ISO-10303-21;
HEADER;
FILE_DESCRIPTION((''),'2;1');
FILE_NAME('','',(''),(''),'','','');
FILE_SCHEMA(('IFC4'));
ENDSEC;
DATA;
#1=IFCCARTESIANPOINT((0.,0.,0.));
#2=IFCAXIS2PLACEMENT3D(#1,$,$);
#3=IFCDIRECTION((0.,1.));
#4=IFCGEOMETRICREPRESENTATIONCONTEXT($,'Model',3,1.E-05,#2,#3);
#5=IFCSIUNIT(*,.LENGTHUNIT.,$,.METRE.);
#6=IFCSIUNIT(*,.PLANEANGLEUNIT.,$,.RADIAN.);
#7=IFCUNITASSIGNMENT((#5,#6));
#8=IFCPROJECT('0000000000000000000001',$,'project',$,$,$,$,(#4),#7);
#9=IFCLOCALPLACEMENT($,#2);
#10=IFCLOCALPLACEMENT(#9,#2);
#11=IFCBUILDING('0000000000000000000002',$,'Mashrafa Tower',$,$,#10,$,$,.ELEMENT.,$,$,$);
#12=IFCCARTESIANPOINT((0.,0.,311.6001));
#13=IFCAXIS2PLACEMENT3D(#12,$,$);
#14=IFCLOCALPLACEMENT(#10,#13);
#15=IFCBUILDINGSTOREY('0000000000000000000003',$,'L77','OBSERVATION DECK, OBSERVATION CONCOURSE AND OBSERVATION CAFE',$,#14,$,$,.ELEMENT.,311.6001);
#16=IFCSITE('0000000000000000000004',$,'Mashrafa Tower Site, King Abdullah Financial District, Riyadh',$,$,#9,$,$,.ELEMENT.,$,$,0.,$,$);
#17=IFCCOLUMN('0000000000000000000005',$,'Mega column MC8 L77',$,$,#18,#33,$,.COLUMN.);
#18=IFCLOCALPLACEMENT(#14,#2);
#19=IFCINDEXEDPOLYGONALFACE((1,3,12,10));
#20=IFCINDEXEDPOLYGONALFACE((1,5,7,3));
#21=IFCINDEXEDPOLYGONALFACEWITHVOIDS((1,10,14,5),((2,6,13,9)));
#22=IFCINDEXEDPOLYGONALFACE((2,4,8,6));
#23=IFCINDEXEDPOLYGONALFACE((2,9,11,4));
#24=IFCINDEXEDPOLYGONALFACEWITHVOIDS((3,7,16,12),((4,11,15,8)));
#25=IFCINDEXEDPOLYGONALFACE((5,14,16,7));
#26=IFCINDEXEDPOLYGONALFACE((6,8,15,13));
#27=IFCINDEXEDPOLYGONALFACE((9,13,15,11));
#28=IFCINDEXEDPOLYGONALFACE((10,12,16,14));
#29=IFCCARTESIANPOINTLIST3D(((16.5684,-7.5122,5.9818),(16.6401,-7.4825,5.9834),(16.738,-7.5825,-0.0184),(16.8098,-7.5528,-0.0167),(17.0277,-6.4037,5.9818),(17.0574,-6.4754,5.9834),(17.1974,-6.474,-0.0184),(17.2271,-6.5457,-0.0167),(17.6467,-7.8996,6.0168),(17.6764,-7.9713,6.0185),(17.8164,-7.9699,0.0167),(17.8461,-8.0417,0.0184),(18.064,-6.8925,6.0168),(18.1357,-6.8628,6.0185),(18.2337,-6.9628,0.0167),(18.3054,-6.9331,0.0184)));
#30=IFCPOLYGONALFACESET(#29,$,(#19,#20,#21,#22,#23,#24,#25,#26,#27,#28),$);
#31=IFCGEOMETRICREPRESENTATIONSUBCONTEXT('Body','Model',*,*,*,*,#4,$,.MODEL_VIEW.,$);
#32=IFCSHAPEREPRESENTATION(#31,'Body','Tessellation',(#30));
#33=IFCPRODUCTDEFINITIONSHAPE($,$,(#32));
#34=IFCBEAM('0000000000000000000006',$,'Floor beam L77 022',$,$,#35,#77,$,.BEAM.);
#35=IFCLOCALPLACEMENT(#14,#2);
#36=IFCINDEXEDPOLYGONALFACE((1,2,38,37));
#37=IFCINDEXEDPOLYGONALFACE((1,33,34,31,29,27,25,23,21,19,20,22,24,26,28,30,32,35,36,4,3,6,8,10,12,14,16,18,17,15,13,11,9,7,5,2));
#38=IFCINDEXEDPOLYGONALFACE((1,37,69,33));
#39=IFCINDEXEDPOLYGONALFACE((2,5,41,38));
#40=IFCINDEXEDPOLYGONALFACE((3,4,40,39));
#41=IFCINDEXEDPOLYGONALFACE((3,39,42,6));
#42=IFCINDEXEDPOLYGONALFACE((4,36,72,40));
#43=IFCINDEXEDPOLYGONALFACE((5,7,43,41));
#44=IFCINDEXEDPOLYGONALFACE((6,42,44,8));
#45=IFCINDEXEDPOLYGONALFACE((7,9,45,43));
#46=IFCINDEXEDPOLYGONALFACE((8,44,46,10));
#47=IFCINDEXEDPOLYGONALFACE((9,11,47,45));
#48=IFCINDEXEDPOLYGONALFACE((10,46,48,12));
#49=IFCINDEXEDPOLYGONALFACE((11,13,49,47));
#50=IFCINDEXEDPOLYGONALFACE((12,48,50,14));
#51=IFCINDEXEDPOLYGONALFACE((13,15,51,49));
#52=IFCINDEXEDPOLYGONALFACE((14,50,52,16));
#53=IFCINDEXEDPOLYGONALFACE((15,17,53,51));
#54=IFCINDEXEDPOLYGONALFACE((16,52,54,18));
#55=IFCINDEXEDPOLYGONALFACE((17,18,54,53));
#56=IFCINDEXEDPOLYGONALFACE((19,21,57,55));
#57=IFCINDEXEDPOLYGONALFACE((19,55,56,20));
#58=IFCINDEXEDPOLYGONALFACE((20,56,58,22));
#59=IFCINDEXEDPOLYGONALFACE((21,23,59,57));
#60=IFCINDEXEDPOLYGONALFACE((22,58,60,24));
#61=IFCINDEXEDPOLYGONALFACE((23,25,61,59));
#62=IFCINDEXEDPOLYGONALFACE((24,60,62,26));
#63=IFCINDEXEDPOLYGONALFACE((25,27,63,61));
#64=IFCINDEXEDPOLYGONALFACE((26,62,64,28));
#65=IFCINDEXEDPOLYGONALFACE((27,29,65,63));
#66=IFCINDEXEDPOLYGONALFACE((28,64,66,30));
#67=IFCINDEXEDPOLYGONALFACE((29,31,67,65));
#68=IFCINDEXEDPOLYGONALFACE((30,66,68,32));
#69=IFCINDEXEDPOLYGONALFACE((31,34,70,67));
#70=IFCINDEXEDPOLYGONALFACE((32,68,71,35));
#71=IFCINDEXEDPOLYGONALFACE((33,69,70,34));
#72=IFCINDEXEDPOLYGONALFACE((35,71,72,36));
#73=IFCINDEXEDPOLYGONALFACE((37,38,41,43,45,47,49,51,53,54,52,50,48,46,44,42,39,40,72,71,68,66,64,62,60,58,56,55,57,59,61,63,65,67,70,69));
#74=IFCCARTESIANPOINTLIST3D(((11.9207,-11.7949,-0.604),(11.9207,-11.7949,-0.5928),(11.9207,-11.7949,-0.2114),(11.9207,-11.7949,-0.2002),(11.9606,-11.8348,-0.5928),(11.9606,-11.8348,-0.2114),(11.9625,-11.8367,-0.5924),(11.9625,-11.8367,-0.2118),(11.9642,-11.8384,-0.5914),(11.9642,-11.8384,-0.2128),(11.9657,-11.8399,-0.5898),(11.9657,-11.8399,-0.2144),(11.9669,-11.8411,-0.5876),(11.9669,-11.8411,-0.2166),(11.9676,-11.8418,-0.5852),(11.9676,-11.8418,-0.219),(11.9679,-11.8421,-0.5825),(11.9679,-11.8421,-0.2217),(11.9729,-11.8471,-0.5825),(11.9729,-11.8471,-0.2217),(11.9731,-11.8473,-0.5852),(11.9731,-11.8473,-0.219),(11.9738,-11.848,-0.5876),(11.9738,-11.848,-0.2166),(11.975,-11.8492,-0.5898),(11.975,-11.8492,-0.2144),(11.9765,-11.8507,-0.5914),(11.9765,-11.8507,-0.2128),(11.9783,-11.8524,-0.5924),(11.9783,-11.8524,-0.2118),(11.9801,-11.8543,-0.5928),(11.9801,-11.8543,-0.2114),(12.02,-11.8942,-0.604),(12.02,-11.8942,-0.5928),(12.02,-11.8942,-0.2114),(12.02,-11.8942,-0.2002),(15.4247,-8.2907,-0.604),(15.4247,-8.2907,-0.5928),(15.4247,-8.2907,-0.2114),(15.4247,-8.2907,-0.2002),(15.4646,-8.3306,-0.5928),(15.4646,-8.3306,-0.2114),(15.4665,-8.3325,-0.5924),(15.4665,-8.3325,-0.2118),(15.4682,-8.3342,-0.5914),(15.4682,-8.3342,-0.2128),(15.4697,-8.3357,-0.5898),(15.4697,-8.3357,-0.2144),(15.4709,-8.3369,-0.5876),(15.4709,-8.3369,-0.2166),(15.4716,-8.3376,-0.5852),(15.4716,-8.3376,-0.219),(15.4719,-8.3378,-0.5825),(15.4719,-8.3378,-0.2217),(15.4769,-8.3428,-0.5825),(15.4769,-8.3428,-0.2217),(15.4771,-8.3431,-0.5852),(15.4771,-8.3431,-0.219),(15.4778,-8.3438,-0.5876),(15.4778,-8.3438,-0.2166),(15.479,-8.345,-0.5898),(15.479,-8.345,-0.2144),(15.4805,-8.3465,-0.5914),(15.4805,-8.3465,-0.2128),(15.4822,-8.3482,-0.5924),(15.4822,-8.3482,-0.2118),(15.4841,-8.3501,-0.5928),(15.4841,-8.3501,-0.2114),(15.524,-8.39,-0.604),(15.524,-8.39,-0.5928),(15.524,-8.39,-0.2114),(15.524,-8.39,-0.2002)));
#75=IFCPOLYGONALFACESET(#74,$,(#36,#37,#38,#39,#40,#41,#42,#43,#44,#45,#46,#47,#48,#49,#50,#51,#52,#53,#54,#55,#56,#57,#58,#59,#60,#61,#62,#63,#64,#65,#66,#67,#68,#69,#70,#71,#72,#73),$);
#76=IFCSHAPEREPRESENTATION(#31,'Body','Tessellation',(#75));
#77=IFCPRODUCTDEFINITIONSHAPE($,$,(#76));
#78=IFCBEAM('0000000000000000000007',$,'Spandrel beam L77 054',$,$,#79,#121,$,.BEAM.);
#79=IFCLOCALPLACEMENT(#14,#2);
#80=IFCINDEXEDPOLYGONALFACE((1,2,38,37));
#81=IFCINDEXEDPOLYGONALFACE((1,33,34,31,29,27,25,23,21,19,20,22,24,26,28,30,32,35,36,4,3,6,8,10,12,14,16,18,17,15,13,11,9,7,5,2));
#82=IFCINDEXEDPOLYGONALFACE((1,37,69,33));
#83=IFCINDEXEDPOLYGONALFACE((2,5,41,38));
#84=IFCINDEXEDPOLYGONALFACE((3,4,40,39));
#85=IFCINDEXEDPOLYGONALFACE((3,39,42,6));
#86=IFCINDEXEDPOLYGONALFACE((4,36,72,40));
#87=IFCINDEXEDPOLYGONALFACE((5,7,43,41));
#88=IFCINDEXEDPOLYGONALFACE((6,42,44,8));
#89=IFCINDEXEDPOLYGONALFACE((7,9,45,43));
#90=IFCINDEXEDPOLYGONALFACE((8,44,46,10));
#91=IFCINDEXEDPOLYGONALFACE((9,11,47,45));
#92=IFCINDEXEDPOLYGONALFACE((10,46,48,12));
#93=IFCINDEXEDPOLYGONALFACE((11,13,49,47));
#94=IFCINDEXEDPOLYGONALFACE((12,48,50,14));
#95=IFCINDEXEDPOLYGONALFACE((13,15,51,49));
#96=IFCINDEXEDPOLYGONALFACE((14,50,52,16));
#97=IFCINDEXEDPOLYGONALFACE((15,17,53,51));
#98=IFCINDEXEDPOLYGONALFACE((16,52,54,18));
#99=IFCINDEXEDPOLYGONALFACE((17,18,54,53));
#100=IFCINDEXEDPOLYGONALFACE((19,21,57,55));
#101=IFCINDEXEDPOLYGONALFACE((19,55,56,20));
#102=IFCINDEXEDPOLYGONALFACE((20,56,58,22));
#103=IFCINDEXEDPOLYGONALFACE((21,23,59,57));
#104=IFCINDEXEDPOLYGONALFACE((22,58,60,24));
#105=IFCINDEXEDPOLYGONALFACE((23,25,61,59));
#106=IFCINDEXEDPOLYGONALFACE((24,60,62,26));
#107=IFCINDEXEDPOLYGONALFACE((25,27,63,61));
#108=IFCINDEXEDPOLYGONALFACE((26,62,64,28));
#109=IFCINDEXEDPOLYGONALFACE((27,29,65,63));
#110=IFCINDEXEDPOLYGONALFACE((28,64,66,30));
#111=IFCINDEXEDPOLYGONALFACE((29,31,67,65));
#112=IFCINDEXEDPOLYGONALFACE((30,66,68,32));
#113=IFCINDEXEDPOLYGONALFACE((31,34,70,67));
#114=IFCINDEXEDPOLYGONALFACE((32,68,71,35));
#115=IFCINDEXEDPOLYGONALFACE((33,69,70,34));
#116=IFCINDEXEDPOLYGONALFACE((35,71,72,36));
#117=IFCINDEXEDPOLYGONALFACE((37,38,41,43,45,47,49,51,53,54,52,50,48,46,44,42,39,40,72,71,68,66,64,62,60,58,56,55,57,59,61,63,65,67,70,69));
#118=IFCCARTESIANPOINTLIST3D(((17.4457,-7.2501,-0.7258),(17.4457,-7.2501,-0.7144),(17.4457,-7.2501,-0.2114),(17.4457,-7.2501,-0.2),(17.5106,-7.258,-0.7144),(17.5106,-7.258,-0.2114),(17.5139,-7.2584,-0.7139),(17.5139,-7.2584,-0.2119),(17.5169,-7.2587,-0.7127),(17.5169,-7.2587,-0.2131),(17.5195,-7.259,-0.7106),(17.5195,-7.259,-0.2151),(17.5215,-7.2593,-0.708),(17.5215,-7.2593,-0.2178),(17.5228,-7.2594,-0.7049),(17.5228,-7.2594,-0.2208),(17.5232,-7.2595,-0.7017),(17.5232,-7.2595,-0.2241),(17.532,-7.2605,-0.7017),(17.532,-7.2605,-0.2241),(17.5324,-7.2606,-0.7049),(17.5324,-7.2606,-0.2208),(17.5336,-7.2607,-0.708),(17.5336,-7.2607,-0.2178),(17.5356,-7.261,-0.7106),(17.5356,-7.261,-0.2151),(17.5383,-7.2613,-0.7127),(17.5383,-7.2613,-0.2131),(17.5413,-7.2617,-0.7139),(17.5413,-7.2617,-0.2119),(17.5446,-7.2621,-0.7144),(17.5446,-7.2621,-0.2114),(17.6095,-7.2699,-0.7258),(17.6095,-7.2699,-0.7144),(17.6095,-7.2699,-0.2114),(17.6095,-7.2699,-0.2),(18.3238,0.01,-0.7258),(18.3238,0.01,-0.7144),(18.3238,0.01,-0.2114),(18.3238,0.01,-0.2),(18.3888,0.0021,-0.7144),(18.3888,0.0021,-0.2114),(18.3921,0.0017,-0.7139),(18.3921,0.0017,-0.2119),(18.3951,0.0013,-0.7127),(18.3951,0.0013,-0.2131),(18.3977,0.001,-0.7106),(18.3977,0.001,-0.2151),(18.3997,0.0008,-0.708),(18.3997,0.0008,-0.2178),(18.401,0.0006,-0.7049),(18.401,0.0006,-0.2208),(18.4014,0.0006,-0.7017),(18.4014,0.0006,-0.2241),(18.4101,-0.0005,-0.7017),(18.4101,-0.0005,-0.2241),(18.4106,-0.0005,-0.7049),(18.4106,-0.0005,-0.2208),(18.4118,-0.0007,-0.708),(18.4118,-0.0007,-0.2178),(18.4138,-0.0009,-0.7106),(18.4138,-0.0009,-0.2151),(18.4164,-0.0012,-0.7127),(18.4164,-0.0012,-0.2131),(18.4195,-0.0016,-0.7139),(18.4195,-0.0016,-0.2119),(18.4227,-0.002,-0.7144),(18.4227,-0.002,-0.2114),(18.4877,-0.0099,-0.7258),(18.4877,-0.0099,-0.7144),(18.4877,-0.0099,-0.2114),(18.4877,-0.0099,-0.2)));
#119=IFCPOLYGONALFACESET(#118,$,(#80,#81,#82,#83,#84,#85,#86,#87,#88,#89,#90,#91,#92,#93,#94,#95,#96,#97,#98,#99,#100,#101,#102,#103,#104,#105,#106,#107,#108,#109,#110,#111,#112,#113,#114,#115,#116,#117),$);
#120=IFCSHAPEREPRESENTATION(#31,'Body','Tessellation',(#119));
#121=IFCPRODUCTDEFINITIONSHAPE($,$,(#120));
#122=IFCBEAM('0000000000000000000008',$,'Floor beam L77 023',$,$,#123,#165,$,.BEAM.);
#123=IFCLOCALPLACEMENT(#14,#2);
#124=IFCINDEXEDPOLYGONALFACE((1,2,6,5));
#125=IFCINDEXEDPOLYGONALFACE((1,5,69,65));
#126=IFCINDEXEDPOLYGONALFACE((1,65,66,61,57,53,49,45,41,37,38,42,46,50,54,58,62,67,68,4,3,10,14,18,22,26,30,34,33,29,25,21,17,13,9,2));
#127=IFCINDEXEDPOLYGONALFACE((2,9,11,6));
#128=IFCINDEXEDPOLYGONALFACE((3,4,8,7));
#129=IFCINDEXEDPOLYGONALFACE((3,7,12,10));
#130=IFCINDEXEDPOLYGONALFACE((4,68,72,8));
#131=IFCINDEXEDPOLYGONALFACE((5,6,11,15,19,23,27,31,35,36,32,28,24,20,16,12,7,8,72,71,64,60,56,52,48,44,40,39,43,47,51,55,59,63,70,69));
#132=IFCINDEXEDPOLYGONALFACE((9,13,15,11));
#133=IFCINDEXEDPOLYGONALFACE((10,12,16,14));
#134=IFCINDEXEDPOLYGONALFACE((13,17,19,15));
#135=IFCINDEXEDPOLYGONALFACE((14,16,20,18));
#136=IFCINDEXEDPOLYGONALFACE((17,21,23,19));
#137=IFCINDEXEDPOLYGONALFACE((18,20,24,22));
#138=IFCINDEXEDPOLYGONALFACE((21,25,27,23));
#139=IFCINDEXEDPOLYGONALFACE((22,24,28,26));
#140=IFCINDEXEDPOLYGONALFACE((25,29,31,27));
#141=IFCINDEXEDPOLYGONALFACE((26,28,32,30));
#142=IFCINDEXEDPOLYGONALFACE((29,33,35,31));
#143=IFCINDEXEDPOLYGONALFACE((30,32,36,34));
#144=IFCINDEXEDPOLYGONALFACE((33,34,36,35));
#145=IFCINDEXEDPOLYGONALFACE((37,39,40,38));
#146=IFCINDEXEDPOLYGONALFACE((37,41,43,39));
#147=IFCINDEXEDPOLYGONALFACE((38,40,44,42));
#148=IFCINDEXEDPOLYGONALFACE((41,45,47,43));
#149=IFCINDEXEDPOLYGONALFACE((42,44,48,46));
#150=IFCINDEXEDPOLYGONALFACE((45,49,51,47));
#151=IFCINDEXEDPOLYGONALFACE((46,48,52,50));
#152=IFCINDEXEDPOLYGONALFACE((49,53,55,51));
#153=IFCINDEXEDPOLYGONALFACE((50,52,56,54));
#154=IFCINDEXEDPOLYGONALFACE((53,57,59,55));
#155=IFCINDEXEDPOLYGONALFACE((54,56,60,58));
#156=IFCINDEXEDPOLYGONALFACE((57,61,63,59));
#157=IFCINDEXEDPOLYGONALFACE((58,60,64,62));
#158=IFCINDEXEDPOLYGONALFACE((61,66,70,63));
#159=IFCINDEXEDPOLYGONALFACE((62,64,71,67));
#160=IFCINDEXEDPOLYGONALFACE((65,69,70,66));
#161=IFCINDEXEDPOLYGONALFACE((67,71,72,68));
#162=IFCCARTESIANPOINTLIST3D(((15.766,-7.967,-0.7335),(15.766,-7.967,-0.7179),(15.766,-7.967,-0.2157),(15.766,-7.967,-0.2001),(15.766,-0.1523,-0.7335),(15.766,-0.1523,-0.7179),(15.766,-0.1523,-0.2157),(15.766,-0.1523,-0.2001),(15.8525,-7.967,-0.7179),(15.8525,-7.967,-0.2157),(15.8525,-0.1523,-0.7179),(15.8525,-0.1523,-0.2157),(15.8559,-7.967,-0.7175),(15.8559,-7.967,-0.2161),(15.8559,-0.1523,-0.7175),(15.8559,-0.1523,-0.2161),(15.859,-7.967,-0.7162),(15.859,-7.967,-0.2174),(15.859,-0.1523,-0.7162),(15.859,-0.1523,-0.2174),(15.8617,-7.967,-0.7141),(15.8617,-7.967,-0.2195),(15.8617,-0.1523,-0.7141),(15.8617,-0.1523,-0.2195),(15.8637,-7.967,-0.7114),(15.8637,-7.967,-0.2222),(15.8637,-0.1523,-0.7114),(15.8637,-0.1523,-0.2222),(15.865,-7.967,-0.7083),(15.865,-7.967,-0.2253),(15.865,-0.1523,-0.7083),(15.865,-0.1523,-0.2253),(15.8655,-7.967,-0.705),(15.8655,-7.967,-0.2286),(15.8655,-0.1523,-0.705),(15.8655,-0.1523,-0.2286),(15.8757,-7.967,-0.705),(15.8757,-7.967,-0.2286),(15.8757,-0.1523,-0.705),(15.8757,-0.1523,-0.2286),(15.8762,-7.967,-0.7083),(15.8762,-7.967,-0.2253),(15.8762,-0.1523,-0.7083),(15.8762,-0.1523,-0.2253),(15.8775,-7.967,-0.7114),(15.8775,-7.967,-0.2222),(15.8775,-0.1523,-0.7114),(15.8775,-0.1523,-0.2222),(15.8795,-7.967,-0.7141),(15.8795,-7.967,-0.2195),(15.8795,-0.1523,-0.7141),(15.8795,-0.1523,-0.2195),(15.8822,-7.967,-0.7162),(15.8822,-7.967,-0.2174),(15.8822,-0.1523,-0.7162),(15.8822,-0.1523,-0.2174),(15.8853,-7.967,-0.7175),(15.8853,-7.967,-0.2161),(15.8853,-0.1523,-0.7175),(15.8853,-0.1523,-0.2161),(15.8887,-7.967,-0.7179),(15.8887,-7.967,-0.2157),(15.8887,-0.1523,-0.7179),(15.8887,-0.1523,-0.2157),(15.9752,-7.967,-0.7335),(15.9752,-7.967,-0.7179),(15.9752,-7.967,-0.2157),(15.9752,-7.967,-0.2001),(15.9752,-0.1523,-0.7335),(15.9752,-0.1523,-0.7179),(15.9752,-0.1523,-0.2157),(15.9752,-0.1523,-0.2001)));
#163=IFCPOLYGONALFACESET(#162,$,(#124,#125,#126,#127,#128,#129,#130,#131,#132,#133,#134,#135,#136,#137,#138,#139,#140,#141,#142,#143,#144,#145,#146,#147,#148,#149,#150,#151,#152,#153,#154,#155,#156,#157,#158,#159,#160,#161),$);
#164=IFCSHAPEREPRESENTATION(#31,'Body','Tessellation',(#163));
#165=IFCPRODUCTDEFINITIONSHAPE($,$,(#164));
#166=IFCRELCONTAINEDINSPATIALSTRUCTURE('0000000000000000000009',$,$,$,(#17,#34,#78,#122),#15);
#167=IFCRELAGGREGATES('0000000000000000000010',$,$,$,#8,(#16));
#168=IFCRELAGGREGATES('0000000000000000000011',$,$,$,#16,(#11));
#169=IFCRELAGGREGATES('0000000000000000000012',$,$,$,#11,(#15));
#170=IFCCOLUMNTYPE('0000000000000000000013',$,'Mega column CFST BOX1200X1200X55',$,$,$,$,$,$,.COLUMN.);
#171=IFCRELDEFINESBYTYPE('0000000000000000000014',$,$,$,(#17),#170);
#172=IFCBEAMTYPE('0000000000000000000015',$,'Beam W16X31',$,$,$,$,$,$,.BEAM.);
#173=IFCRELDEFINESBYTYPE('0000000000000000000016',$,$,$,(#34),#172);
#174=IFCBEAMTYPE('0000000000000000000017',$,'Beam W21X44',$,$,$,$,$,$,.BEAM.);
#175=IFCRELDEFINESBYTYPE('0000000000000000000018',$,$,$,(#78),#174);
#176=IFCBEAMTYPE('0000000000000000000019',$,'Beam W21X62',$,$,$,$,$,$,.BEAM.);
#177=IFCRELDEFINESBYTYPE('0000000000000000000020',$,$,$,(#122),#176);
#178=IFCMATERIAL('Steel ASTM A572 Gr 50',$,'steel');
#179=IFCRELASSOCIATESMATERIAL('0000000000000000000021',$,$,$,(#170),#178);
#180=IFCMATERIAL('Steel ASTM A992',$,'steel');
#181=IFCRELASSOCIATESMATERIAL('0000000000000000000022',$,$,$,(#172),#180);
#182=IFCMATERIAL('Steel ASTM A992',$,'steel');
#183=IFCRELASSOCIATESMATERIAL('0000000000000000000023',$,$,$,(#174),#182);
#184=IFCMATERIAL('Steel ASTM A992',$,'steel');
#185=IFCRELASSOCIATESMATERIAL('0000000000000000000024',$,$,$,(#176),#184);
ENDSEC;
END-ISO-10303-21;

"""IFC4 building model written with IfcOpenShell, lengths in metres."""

from ifc_helpers import new_model, si_unit, direction, frame, origin, origin_2d, place, context, subcontext, project, spatial, hollow_rectangle, i_section, extrude, material, material_profile, profile_set, type_object, element, save


model = new_model("IFC4")

# Units and contexts
model_context = context("Model", 3, precision=1e-05, world=origin(), true_north=direction((0.0, 1.0)))
body_context = subcontext(model_context, "Body", "Model", "MODEL_VIEW")
ifc_project = project(units=[si_unit("LENGTHUNIT", "METRE"), si_unit("PLANEANGLEUNIT", "RADIAN")], contexts=[model_context])

# Site, building, storey
site_placement = place(None, origin())
site = spatial("IfcSite", under=ifc_project, at=site_placement, Name="Mashrafa Tower Site, King Abdullah Financial District, Riyadh", CompositionType="ELEMENT", RefElevation=0.0)
building_placement = place(site_placement, origin())
building = spatial("IfcBuilding", under=site, at=building_placement, Name="Mashrafa Tower", CompositionType="ELEMENT")
storey_placement = place(building_placement, frame((0.0, 0.0, 311.6001)))
storey = spatial("IfcBuildingStorey", under=building, at=storey_placement, Name="L77", Description="OBSERVATION DECK, OBSERVATION CONCOURSE AND OBSERVATION CAFE", CompositionType="ELEMENT", Elevation=311.6001)

# Column
ifc_material_1 = material(Name="Steel ASTM A572 Gr 50", Category="steel")
ifc_material_profile_1 = material_profile(ifc_material_1, hollow_rectangle(XDim=1.2, YDim=1.2, WallThickness=0.0549, at=origin_2d()), Name="BOX1200X1200X55")
ifc_profile_set_1 = profile_set([ifc_material_profile_1], Name="Steel ASTM A572 Gr 50")
column_type = type_object("IfcColumnType", Name="Mega column CFST BOX1200X1200X55", PredefinedType="COLUMN", material=ifc_profile_set_1)
column_placement = place(storey_placement, frame((17.5217, -7.2578, 0.0), z_axis=(-0.028266, 0.011713, 0.999532), x_axis=(-0.382821, -0.923822, 0.0)))
element("IfcColumn", 1, at=column_placement, inside=storey, type_object=column_type, Name="Mega column MC8 L77", PredefinedType="COLUMN", context=body_context, shape_type="SweptSolid", body=[
    extrude(hollow_rectangle(XDim=1.2, YDim=1.2, WallThickness=0.0549, at=origin_2d()), origin(), (0.0, 0.0, 1.0), 6.0029),
])

# Beams
ifc_material_2 = material(Name="Steel ASTM A992", Category="steel")
ifc_material_profile_2 = material_profile(ifc_material_2, i_section(OverallWidth=0.1404, OverallDepth=0.4038, WebThickness=0.0071, FlangeThickness=0.0112, FilletRadius=0.0103, at=origin_2d()), Name="W16X31")
ifc_profile_set_2 = profile_set([ifc_material_profile_2], Name="Steel ASTM A992")
beam_type_1 = type_object("IfcBeamType", Name="Beam W16X31", PredefinedType="BEAM", material=ifc_profile_set_2)
beam_1_placement = place(storey_placement, frame((15.4744, -8.3403, -0.4021), z_axis=(-0.707082, -0.707131, 0.0), x_axis=(0.707131, -0.707082, 0.0)))
element("IfcBeam", 2, at=beam_1_placement, inside=storey, type_object=beam_type_1, Name="Floor beam L77 022", PredefinedType="BEAM", context=body_context, shape_type="SweptSolid", body=[
    extrude(i_section(OverallWidth=0.1404, OverallDepth=0.4038, WebThickness=0.0071, FlangeThickness=0.0112, FilletRadius=0.0103, at=origin_2d()), origin(), (0.0, 0.0, 1.0), 4.9556),
])
ifc_material_3 = material(Name="Steel ASTM A992", Category="steel")
ifc_material_profile_3 = material_profile(ifc_material_3, i_section(OverallWidth=0.165, OverallDepth=0.5259, WebThickness=0.0088, FlangeThickness=0.0115, FilletRadius=0.0127, at=origin_2d()), Name="W21X44")
ifc_profile_set_3 = profile_set([ifc_material_profile_3], Name="Steel ASTM A992")
beam_type_2 = type_object("IfcBeamType", Name="Beam W21X44", PredefinedType="BEAM", material=ifc_profile_set_3)
beam_2_placement = place(storey_placement, frame((17.5276, -7.26, -0.4629), z_axis=(0.120085, 0.992764, 0.0), x_axis=(-0.992764, 0.120085, 0.0)))
element("IfcBeam", 3, at=beam_2_placement, inside=storey, type_object=beam_type_2, Name="Spandrel beam L77 054", PredefinedType="BEAM", context=body_context, shape_type="SweptSolid", body=[
    extrude(i_section(OverallWidth=0.165, OverallDepth=0.5259, WebThickness=0.0088, FlangeThickness=0.0115, FilletRadius=0.0127, at=origin_2d()), origin(), (0.0, 0.0, 1.0), 7.313),
])
ifc_material_4 = material(Name="Steel ASTM A992", Category="steel")
ifc_material_profile_4 = material_profile(ifc_material_4, i_section(OverallWidth=0.2092, OverallDepth=0.5334, WebThickness=0.0103, FlangeThickness=0.0156, FilletRadius=0.0129, at=origin_2d()), Name="W21X62")
ifc_profile_set_4 = profile_set([ifc_material_profile_4], Name="Steel ASTM A992")
beam_type_3 = type_object("IfcBeamType", Name="Beam W21X62", PredefinedType="BEAM", material=ifc_profile_set_4)
beam_3_placement = place(storey_placement, frame((15.8706, -0.1523, -0.4668), z_axis=(0.0, -1.0, 0.0), x_axis=(1.0, 0.0, 0.0)))
element("IfcBeam", 4, at=beam_3_placement, inside=storey, type_object=beam_type_3, Name="Floor beam L77 023", PredefinedType="BEAM", context=body_context, shape_type="SweptSolid", body=[
    extrude(i_section(OverallWidth=0.2092, OverallDepth=0.5334, WebThickness=0.0103, FlangeThickness=0.0156, FilletRadius=0.0129, at=origin_2d()), origin(), (0.0, 0.0, 1.0), 7.8147),
])

save(model, "model.ifc")
